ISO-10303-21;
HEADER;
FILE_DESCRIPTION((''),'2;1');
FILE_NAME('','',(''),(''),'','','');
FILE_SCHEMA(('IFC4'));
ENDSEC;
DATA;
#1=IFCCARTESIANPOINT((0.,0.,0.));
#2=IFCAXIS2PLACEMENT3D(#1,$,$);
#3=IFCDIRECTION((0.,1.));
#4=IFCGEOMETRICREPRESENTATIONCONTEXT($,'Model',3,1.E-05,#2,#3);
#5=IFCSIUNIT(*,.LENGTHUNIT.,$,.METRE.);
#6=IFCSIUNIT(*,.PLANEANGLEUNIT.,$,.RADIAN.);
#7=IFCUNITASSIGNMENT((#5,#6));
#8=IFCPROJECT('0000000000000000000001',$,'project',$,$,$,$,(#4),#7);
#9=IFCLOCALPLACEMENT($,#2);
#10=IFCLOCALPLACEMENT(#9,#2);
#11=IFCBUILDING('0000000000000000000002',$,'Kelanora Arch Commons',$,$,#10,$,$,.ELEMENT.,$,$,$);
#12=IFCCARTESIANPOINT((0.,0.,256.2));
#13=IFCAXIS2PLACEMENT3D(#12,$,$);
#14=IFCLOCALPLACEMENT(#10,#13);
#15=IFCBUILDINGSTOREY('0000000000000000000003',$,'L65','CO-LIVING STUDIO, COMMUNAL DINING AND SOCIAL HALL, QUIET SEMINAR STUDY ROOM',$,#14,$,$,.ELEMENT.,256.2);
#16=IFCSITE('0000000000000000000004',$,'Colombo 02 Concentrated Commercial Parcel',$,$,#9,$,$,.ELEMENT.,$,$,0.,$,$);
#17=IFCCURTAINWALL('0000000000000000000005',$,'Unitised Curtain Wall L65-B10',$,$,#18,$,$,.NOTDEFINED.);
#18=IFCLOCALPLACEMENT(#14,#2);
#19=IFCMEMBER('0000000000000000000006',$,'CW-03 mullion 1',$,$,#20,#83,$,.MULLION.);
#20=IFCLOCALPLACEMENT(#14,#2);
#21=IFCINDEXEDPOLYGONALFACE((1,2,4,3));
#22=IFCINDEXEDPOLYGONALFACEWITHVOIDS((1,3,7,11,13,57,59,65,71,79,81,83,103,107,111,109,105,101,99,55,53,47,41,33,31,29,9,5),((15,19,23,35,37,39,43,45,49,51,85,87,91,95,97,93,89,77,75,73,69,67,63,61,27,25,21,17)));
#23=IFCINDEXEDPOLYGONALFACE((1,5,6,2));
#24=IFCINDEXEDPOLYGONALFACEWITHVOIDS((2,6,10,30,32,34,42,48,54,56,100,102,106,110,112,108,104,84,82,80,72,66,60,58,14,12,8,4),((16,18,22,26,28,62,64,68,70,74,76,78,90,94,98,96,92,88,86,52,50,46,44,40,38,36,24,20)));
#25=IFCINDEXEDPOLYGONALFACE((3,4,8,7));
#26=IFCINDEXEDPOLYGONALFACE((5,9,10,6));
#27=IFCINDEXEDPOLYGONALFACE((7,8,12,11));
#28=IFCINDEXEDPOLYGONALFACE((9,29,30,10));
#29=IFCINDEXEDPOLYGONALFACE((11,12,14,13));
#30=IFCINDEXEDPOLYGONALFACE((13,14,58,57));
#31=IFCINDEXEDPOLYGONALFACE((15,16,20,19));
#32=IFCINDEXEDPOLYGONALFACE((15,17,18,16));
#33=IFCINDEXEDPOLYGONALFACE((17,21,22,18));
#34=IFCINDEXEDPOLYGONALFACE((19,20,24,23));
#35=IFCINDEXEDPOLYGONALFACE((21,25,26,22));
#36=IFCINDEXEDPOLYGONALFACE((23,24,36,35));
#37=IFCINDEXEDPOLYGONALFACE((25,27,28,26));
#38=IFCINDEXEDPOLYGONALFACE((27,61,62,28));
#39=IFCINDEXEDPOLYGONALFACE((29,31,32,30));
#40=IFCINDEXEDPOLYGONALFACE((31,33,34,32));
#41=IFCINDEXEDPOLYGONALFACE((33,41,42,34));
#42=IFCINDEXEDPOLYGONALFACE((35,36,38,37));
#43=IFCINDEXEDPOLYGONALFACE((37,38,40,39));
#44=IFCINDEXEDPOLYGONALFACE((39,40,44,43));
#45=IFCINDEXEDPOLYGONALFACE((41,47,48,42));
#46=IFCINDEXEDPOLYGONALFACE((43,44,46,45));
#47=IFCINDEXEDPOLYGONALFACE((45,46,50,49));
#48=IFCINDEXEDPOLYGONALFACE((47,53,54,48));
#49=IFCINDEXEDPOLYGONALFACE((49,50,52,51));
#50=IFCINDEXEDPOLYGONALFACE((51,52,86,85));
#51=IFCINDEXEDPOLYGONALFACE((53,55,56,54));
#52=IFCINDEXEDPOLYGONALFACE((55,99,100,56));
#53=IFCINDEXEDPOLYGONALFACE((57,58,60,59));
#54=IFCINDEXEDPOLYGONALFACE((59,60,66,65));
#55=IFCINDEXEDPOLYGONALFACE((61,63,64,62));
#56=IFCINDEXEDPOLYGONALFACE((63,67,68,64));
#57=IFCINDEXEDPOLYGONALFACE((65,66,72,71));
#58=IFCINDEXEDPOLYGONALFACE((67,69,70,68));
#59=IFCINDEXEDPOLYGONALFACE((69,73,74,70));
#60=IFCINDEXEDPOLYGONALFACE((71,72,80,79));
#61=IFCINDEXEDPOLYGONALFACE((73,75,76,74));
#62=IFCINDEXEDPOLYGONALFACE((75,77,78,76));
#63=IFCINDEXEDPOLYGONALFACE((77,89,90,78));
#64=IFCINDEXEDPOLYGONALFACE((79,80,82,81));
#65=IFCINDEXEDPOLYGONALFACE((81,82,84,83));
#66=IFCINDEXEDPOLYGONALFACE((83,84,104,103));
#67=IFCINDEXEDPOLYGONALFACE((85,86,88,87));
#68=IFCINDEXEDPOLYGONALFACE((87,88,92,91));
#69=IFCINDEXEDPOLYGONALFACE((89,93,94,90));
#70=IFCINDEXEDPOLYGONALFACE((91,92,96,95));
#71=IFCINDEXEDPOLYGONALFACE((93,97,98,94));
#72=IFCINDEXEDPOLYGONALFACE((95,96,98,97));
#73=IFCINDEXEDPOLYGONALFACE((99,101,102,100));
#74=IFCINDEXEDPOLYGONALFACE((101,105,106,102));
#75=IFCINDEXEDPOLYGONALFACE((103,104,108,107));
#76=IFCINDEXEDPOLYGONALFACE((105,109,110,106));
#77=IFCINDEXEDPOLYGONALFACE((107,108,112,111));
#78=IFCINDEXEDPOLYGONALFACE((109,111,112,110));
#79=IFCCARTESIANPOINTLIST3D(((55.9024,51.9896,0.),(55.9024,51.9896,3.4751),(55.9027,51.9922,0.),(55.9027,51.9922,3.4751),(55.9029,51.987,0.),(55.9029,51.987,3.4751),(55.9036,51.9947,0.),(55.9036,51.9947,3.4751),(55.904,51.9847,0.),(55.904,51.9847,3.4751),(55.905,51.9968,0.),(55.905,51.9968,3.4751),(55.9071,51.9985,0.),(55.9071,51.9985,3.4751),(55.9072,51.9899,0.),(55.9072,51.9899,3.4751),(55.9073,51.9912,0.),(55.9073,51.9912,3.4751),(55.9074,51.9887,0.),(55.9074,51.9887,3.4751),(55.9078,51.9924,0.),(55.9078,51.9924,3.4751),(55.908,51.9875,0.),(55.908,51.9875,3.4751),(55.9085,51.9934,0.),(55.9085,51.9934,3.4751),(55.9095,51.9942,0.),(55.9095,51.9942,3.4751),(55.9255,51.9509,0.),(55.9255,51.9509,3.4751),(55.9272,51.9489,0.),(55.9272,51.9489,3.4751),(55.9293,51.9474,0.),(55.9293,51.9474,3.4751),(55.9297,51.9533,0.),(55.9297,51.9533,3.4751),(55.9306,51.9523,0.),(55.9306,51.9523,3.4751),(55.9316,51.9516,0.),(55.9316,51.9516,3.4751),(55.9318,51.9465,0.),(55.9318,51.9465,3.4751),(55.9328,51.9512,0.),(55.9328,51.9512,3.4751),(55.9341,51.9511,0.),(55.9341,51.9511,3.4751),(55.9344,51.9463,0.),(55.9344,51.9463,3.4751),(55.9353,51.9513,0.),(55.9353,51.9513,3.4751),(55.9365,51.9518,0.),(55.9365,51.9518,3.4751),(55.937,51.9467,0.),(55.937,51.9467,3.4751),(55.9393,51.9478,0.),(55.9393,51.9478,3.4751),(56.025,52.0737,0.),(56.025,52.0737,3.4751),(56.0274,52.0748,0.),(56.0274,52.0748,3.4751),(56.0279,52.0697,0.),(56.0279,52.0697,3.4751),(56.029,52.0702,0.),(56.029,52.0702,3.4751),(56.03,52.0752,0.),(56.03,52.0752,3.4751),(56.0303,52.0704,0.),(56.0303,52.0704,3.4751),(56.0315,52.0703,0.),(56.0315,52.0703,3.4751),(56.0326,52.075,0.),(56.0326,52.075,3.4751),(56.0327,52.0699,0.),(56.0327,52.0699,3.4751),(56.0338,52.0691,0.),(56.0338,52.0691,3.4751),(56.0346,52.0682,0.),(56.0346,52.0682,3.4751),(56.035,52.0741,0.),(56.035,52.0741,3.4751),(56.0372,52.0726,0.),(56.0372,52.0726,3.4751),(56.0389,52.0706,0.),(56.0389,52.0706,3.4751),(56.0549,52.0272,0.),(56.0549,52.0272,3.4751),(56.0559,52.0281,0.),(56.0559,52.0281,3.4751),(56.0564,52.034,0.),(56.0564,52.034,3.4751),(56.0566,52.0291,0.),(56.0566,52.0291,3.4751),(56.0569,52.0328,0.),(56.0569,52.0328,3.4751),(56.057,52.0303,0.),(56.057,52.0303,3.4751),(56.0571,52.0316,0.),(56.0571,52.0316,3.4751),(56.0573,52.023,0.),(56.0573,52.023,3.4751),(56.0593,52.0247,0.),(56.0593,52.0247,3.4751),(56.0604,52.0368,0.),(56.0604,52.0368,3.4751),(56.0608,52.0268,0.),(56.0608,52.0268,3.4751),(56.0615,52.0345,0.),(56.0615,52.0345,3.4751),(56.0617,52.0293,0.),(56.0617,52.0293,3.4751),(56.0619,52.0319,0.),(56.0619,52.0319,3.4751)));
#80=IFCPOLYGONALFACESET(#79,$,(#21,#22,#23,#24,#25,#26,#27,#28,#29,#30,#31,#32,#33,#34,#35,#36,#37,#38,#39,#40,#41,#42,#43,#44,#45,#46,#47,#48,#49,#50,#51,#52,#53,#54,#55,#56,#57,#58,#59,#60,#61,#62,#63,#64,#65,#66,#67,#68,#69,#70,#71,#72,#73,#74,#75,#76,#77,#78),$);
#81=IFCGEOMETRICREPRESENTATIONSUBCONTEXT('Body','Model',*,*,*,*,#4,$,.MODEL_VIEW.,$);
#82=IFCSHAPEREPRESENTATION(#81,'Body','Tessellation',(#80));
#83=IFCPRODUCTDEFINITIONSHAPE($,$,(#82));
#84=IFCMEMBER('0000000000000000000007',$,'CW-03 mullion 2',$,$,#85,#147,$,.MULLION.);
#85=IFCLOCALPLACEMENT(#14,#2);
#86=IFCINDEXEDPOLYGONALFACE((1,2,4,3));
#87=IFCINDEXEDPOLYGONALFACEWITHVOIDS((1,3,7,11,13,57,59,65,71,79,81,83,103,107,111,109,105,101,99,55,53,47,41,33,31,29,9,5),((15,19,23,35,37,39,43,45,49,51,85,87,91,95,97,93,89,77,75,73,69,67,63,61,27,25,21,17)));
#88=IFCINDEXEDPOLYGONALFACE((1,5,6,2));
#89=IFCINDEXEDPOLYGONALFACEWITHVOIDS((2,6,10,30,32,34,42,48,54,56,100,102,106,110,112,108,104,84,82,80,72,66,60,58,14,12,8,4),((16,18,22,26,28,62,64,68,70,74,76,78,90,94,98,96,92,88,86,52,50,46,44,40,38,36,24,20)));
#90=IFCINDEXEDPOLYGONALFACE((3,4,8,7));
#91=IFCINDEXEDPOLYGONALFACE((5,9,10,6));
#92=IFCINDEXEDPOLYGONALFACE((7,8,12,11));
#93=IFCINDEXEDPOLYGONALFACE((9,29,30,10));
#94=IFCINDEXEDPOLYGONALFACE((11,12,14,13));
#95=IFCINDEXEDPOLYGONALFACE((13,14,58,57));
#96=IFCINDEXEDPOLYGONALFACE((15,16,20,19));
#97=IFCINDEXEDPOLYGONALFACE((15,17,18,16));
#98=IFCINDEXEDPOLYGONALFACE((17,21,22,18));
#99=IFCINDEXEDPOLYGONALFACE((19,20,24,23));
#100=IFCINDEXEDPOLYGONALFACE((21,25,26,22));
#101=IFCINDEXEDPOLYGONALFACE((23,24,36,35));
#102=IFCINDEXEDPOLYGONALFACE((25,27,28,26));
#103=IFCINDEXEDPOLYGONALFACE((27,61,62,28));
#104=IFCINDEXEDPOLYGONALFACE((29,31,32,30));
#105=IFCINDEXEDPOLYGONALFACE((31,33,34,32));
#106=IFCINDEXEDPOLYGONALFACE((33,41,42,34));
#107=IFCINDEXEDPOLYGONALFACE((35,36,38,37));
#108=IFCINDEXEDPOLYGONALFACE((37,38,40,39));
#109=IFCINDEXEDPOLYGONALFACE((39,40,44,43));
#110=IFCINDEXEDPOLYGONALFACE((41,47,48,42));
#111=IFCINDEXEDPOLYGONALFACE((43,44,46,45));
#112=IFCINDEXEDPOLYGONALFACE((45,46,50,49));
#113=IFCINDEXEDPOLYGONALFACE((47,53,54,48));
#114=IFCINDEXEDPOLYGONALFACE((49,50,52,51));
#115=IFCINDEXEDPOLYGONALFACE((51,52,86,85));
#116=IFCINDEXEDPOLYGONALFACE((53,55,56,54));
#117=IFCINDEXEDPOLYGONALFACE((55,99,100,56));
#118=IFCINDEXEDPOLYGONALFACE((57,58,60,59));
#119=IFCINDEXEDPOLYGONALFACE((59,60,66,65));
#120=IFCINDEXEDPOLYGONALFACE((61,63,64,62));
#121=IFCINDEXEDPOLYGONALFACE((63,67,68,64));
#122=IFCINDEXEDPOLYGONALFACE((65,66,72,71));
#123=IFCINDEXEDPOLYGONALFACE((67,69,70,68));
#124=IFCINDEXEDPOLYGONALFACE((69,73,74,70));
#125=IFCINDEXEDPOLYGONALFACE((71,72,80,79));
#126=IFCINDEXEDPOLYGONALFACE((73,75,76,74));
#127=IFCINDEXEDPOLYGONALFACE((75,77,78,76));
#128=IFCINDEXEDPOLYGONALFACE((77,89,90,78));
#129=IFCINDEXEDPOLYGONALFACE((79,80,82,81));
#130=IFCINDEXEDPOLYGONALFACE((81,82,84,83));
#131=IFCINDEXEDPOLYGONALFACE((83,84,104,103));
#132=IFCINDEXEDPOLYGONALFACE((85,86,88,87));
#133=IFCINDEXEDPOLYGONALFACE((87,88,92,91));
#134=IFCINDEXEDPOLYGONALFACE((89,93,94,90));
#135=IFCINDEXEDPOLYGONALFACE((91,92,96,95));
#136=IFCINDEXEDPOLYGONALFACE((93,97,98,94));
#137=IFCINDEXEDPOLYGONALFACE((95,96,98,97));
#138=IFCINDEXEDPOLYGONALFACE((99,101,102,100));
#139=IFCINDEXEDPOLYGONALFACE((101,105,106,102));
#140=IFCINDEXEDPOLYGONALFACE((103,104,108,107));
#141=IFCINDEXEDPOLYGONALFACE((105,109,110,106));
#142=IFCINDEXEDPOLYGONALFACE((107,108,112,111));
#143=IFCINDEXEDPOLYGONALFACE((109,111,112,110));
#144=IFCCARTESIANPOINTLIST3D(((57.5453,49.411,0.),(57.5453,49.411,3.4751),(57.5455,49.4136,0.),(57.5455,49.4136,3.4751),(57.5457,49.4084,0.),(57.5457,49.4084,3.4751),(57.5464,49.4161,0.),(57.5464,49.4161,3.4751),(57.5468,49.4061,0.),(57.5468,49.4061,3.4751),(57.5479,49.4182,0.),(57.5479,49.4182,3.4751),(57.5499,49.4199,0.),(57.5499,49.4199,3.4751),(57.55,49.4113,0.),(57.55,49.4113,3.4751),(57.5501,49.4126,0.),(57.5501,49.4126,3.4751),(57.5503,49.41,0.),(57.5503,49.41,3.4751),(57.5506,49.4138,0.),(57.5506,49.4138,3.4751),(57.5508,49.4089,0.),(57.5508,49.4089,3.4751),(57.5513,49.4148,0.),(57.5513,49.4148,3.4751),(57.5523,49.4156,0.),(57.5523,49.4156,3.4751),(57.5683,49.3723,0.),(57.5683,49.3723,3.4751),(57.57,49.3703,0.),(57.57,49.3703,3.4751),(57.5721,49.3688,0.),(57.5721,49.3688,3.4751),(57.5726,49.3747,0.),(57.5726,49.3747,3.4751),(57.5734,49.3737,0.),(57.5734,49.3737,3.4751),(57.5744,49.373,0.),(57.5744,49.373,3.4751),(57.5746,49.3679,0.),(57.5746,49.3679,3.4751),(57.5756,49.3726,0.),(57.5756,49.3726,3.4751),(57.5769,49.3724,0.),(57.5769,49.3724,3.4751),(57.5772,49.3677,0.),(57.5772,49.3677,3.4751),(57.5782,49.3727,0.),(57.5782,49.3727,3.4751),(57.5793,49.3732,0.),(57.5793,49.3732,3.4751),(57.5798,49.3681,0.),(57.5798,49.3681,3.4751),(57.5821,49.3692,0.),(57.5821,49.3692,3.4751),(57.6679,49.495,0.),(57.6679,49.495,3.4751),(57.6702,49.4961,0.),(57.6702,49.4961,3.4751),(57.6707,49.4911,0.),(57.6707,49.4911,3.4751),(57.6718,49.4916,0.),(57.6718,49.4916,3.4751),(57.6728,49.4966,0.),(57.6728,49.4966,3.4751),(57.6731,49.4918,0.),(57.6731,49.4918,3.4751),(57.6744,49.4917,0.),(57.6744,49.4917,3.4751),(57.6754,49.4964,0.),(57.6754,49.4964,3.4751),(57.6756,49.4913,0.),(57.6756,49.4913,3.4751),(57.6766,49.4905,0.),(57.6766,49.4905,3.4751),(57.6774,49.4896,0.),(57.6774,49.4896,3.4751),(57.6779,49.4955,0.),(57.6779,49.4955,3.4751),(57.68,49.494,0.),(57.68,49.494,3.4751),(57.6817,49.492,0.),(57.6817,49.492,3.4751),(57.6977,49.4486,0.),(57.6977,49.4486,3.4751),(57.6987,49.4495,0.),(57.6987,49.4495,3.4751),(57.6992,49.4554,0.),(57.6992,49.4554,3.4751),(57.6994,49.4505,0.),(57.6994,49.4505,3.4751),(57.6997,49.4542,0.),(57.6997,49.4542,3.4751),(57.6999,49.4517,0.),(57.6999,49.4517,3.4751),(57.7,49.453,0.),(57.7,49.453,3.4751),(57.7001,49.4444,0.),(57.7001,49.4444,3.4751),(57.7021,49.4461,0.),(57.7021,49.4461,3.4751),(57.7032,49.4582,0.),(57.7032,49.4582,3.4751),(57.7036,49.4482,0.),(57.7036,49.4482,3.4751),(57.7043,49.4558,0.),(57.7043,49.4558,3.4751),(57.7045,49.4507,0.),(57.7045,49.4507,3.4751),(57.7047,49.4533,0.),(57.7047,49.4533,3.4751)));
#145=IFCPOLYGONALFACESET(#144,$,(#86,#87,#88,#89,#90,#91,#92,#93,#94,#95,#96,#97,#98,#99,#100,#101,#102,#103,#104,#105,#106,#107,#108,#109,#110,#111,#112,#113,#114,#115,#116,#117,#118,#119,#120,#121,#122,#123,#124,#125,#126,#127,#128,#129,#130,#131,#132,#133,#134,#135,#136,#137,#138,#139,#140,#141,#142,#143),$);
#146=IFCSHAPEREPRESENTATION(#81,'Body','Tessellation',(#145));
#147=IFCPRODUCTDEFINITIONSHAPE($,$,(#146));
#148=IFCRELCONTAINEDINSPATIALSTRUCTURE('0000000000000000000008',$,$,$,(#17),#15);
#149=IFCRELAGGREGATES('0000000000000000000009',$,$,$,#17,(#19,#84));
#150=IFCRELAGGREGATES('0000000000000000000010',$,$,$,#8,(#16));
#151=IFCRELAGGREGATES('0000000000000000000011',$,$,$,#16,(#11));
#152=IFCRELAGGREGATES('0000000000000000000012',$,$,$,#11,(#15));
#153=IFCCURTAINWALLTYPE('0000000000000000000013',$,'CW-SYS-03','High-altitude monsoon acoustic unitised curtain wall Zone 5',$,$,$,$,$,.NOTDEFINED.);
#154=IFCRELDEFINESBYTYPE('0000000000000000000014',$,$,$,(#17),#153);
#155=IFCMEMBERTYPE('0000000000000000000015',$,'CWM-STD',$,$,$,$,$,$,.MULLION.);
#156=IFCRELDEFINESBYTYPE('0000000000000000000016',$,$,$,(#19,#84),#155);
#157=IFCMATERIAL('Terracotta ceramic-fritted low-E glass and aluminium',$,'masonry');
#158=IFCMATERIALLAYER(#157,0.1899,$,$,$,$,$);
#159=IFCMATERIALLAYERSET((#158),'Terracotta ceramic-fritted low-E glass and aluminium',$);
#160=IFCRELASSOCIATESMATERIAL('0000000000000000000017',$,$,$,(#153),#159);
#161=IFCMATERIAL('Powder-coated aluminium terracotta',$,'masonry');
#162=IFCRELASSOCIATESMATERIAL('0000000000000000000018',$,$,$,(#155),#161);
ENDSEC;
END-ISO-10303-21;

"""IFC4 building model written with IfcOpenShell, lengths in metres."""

from ifc_helpers import new_model, si_unit, direction, frame, origin, origin_2d, place, context, subcontext, project, spatial, hollow_rectangle, extrude, material, layer, layer_set, material_profile, profile_set, type_object, element, aggregate, save


model = new_model("IFC4")

# Units and contexts
model_context = context("Model", 3, precision=1e-05, world=origin(), true_north=direction((0.0, 1.0)))
body_context = subcontext(model_context, "Body", "Model", "MODEL_VIEW")
ifc_project = project(units=[si_unit("LENGTHUNIT", "METRE"), si_unit("PLANEANGLEUNIT", "RADIAN")], contexts=[model_context])

# Site, building, storey
site_placement = place(None, origin())
site = spatial("IfcSite", under=ifc_project, at=site_placement, Name="Colombo 02 Concentrated Commercial Parcel", CompositionType="ELEMENT", RefElevation=0.0)
building_placement = place(site_placement, origin())
building = spatial("IfcBuilding", under=site, at=building_placement, Name="Kelanora Arch Commons", CompositionType="ELEMENT")
storey_placement = place(building_placement, frame((0.0, 0.0, 256.2)))
storey = spatial("IfcBuildingStorey", under=building, at=storey_placement, Name="L65", Description="CO-LIVING STUDIO, COMMUNAL DINING AND SOCIAL HALL, QUIET SEMINAR STUDY ROOM", CompositionType="ELEMENT", Elevation=256.2)

# Curtain wall, members
ifc_material_1 = material(Name="Terracotta ceramic-fritted low-E glass and aluminium", Category="masonry")
ifc_layer_1 = layer(ifc_material_1, 0.1899)
ifc_layer_set_1 = layer_set([ifc_layer_1], Name="Terracotta ceramic-fritted low-E glass and aluminium")
curtain_wall_type = type_object("IfcCurtainWallType", Name="CW-SYS-03", Description="High-altitude monsoon acoustic unitised curtain wall Zone 5", PredefinedType="NOTDEFINED", material=ifc_layer_set_1)
curtain_wall_placement = place(storey_placement, origin())
curtain_wall = element("IfcCurtainWall", 1, at=curtain_wall_placement, inside=storey, type_object=curtain_wall_type, Name="Unitised Curtain Wall L65-B10", PredefinedType="NOTDEFINED")
ifc_material_2 = material(Name="Powder-coated aluminium terracotta", Category="masonry")
ifc_material_profile_1 = material_profile(ifc_material_2, hollow_rectangle(XDim=0.1599, YDim=0.0601, WallThickness=0.0049, InnerFilletRadius=0.0049, OuterFilletRadius=0.01, at=origin_2d()), Name="CWM160x60")
ifc_profile_set_1 = profile_set([ifc_material_profile_1], Name="Powder-coated aluminium terracotta")
member_type_1 = type_object("IfcMemberType", Name="CWM-STD", PredefinedType="MULLION", material=ifc_profile_set_1)
member_1_placement = place(storey_placement, frame((55.9822, 52.0107, 0.0), z_axis=(0.0, 0.0, 1.0), x_axis=(0.843391, 0.5373, 0.0)))
member_1 = element("IfcMember", 2, at=member_1_placement, type_object=member_type_1, Name="CW-03 mullion 1", PredefinedType="MULLION", context=body_context, shape_type="SweptSolid", body=[
    extrude(hollow_rectangle(XDim=0.1599, YDim=0.0601, WallThickness=0.0049, InnerFilletRadius=0.0049, OuterFilletRadius=0.01, at=origin_2d()), origin(), (0.0, 0.0, 1.0), 3.4751),
])
member_2_placement = place(storey_placement, frame((57.625, 49.4321, 0.0), z_axis=(0.0, 0.0, 1.0), x_axis=(0.843391, 0.5373, 0.0)))
member_2 = element("IfcMember", 3, at=member_2_placement, type_object=member_type_1, Name="CW-03 mullion 2", PredefinedType="MULLION", context=body_context, shape_type="SweptSolid", body=[
    extrude(hollow_rectangle(XDim=0.1599, YDim=0.0601, WallThickness=0.0049, InnerFilletRadius=0.0049, OuterFilletRadius=0.01, at=origin_2d()), origin(), (0.0, 0.0, 1.0), 3.4751),
])

aggregate(curtain_wall, [member_1, member_2])

save(model, "model.ifc")
